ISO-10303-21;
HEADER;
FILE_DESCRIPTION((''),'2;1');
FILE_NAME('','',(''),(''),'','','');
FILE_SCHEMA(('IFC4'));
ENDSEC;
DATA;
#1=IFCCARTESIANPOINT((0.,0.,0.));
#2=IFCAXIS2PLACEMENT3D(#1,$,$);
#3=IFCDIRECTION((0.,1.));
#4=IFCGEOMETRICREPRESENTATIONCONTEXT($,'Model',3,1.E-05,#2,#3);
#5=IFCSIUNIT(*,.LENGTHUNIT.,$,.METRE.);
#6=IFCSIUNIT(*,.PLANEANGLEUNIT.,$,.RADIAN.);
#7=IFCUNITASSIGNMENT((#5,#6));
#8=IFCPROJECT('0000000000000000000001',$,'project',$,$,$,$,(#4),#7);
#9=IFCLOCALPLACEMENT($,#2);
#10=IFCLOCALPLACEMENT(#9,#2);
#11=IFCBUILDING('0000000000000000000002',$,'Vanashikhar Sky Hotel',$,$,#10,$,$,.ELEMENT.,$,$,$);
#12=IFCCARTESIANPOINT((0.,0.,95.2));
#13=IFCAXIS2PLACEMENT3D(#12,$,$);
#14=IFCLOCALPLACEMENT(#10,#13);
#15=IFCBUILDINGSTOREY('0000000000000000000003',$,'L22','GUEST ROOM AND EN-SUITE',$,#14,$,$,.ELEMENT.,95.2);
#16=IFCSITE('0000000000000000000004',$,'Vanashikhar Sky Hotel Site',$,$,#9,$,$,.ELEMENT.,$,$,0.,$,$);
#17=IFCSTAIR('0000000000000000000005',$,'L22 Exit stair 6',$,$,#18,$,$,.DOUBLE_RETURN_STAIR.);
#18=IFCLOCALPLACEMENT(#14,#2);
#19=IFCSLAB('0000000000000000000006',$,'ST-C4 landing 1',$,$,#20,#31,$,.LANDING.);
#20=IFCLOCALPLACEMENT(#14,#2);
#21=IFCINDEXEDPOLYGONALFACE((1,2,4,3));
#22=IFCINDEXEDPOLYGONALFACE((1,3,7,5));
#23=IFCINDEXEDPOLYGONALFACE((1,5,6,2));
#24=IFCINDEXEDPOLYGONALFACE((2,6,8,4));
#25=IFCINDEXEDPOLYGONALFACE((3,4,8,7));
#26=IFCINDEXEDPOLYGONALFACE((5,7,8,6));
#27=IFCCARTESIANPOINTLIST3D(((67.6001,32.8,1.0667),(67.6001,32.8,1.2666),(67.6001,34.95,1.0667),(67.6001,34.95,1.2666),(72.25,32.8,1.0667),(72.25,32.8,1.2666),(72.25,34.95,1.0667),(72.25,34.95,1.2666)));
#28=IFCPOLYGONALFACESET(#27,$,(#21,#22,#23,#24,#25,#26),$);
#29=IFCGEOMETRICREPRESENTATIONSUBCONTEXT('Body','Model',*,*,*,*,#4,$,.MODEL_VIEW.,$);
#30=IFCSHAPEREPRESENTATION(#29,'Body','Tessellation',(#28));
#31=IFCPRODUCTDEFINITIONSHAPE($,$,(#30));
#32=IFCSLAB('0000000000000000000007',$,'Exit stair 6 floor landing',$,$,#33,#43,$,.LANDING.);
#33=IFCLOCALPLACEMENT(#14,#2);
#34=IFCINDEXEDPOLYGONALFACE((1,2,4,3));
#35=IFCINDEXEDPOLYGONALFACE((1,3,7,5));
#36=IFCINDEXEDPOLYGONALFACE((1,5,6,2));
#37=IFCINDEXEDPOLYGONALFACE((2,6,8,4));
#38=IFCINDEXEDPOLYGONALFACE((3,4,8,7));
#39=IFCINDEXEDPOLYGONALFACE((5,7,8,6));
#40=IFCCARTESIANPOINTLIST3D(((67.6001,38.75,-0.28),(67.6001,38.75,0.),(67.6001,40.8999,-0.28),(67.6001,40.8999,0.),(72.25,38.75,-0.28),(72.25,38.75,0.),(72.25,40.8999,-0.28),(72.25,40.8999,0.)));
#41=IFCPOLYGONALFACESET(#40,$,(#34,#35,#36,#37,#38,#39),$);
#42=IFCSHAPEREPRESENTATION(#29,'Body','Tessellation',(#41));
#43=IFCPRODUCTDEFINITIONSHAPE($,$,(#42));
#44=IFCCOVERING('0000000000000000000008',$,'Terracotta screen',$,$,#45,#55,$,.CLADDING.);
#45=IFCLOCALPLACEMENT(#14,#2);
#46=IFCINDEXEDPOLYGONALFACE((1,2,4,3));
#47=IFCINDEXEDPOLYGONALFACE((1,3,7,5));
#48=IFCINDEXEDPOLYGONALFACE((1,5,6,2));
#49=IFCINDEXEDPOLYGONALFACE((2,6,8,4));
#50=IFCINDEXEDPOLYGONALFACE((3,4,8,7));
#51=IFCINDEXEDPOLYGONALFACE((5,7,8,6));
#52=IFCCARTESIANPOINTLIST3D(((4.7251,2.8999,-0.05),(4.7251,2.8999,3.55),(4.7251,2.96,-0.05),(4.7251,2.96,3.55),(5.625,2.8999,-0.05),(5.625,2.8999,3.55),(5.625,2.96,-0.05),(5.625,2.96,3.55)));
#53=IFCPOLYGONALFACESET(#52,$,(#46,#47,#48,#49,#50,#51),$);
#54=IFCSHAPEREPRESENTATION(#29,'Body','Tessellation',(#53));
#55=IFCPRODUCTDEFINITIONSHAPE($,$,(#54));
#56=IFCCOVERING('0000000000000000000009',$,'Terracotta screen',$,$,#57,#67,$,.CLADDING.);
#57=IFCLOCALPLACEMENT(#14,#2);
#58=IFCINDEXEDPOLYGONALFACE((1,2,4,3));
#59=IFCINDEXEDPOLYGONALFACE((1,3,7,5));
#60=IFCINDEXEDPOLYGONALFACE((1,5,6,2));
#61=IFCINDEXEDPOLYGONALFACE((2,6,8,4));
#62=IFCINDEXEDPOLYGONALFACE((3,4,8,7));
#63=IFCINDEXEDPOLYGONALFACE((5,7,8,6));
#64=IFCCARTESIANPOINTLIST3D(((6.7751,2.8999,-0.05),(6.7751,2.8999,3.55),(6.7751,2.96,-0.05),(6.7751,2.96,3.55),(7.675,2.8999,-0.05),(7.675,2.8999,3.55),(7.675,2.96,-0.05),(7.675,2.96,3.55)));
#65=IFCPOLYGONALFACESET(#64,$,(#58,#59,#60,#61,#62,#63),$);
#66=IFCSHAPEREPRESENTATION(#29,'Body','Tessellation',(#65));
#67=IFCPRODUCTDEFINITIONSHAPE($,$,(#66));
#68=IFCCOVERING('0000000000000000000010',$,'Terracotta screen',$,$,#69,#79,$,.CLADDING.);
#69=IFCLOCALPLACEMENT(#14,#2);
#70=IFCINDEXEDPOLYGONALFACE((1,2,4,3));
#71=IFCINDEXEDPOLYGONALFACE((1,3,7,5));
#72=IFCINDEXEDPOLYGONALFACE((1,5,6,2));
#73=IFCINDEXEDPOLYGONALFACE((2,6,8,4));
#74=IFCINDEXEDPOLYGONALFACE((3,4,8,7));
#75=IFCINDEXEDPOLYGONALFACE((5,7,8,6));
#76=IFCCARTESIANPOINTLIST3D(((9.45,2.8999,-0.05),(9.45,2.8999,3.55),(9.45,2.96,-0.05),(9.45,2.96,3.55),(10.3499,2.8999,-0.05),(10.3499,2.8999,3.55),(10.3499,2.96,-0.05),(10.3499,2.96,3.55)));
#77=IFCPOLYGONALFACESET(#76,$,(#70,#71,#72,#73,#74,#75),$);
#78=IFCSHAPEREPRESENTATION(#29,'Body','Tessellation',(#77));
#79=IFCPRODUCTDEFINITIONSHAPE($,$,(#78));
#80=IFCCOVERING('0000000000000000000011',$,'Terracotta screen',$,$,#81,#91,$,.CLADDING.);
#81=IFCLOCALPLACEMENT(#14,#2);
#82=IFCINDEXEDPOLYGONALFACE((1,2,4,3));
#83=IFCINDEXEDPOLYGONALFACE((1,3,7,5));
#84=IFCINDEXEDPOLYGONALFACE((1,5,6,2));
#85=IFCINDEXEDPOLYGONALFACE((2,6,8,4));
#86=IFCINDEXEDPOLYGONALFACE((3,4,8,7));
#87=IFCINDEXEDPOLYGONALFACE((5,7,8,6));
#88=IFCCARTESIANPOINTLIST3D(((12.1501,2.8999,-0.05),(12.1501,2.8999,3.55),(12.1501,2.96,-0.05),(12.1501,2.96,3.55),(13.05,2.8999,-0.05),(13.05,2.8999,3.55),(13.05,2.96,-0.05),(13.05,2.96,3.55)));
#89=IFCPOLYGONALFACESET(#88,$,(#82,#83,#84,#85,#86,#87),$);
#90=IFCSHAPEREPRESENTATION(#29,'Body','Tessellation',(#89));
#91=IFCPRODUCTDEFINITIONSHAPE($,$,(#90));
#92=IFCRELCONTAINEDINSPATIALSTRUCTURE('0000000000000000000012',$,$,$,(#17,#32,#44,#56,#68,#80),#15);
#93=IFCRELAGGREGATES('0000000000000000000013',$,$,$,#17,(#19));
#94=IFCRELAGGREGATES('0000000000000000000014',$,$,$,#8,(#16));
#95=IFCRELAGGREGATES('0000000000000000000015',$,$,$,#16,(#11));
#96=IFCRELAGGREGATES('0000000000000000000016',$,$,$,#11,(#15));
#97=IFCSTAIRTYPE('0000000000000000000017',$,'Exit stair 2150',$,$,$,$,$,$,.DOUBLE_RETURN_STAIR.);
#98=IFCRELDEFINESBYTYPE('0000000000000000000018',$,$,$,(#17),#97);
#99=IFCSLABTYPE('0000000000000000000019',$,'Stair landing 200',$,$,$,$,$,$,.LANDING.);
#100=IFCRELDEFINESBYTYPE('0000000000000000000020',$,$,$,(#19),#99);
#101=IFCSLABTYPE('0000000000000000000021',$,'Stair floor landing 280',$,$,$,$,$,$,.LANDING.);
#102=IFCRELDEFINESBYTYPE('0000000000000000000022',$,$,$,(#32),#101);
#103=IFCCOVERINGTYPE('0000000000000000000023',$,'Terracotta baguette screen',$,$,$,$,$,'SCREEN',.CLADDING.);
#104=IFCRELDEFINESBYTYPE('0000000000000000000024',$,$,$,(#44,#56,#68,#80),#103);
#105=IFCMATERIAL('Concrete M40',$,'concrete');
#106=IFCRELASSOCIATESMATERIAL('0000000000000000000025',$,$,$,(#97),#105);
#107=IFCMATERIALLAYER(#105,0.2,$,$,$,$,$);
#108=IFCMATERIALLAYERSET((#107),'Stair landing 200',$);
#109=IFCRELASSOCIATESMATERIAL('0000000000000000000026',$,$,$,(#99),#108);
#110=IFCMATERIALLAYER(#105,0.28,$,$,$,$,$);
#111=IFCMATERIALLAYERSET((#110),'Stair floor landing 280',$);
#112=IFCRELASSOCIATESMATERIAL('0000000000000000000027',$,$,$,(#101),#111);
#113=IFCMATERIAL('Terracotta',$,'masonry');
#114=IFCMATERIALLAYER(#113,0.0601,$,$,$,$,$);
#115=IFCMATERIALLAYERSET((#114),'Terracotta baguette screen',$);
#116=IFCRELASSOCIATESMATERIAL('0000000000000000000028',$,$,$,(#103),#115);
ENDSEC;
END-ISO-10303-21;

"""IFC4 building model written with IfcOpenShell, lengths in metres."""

from ifc_helpers import new_model, si_unit, direction, frame, origin, origin_2d, place, context, subcontext, project, spatial, polyline, rectangle, outline, extrude, source, transform, mapped, material, layer, layer_set, type_object, element, aggregate, save


model = new_model("IFC4")

# Units and contexts
model_context = context("Model", 3, precision=1e-05, world=origin(), true_north=direction((0.0, 1.0)))
body_context = subcontext(model_context, "Body", "Model", "MODEL_VIEW")
ifc_project = project(units=[si_unit("LENGTHUNIT", "METRE"), si_unit("PLANEANGLEUNIT", "RADIAN")], contexts=[model_context])

# Site, building, storey
site_placement = place(None, origin())
site = spatial("IfcSite", under=ifc_project, at=site_placement, Name="Vanashikhar Sky Hotel Site", CompositionType="ELEMENT", RefElevation=0.0)
building_placement = place(site_placement, origin())
building = spatial("IfcBuilding", under=site, at=building_placement, Name="Vanashikhar Sky Hotel", CompositionType="ELEMENT")
storey_placement = place(building_placement, frame((0.0, 0.0, 95.2)))
storey = spatial("IfcBuildingStorey", under=building, at=storey_placement, Name="L22", Description="GUEST ROOM AND EN-SUITE", CompositionType="ELEMENT", Elevation=95.2)

# Shared definitions
ifc_material_1 = material(Name="Concrete M40", Category="concrete")

# Shared definitions
stair_type = type_object("IfcStairType", Name="Exit stair 2150", PredefinedType="DOUBLE_RETURN_STAIR", material=ifc_material_1)
ifc_layer_1 = layer(ifc_material_1, 0.2)
ifc_layer_set_1 = layer_set([ifc_layer_1], Name="Stair landing 200")
slab_type_1 = type_object("IfcSlabType", Name="Stair landing 200", PredefinedType="LANDING", material=ifc_layer_set_1)

# Shared definitions
ifc_layer_2 = layer(ifc_material_1, 0.28)
ifc_layer_set_2 = layer_set([ifc_layer_2], Name="Stair floor landing 280")
slab_type_2 = type_object("IfcSlabType", Name="Stair floor landing 280", PredefinedType="LANDING", material=ifc_layer_set_2)

# Stair, slab
stair_1_placement = place(storey_placement, origin())
stair_1 = element("IfcStair", 1, at=stair_1_placement, inside=storey, type_object=stair_type, Name="L22 Exit stair 6", PredefinedType="DOUBLE_RETURN_STAIR")
shared_shape_1 = source(origin(), body_context, "Body", "SweptSolid", [
    extrude(outline(polyline([(72.25, 32.8), (72.25, 34.95), (67.6001, 34.95), (67.6001, 32.8), (72.25, 32.8)])), origin(), (0.0, 0.0, 1.0), 0.2),
])
slab_1_placement = place(storey_placement, frame((0.0, 0.0, 1.0667)))
slab_1 = element("IfcSlab", 2, at=slab_1_placement, type_object=slab_type_1, Name="ST-C4 landing 1", PredefinedType="LANDING", context=body_context, shape_type="MappedRepresentation", body=[
    mapped(shared_shape_1, transform((0.0, 0.0, 0.0), scale=1.0)),
])
aggregate(stair_1, [slab_1])

# Slab
shared_shape_2 = source(origin(), body_context, "Body", "SweptSolid", [
    extrude(outline(polyline([(72.25, 38.75), (72.25, 40.8999), (67.6001, 40.8999), (67.6001, 38.75), (72.25, 38.75)])), origin(), (0.0, 0.0, 1.0), 0.28),
])
slab_2_placement = place(storey_placement, frame((0.0, 0.0, -0.28)))
element("IfcSlab", 3, at=slab_2_placement, inside=storey, type_object=slab_type_2, Name="Exit stair 6 floor landing", PredefinedType="LANDING", context=body_context, shape_type="MappedRepresentation", body=[
    mapped(shared_shape_2, transform((0.0, 0.0, 0.0), scale=1.0)),
])

# Coverings
ifc_material_2 = material(Name="Terracotta", Category="masonry")
ifc_layer_3 = layer(ifc_material_2, 0.0601)
ifc_layer_set_3 = layer_set([ifc_layer_3], Name="Terracotta baguette screen")
covering_type = type_object("IfcCoveringType", Name="Terracotta baguette screen", ElementType="SCREEN", PredefinedType="CLADDING", material=ifc_layer_set_3)
shared_shape_3 = source(origin(), body_context, "Body", "SweptSolid", [
    extrude(rectangle(XDim=0.8999, YDim=0.0601, at=origin_2d()), origin(), (0.0, 0.0, 1.0), 3.6001),
])
for number, where, z_axis, x_axis, name in (
    (4, (5.175, 2.9299, -0.05), (0.0, 0.0, 1.0), (1.0, 0.0, 0.0), "Terracotta screen"),
    (5, (7.2251, 2.9299, -0.05), (0.0, 0.0, 1.0), (1.0, 0.0, 0.0), "Terracotta screen"),
    (6, (9.8999, 2.9299, -0.05), (0.0, 0.0, 1.0), (1.0, 0.0, 0.0), "Terracotta screen"),
    (7, (12.6001, 2.9299, -0.05), (0.0, 0.0, 1.0), (1.0, 0.0, 0.0), "Terracotta screen"),
):
    element("IfcCovering", number, at=place(storey_placement, frame(where, z_axis=z_axis, x_axis=x_axis)), inside=storey, type_object=covering_type, Name=name, PredefinedType="CLADDING", context=body_context, shape_type="MappedRepresentation", body=[
        mapped(shared_shape_3, transform((0.0, 0.0, 0.0), scale=1.0)),
    ])

save(model, "model.ifc")
